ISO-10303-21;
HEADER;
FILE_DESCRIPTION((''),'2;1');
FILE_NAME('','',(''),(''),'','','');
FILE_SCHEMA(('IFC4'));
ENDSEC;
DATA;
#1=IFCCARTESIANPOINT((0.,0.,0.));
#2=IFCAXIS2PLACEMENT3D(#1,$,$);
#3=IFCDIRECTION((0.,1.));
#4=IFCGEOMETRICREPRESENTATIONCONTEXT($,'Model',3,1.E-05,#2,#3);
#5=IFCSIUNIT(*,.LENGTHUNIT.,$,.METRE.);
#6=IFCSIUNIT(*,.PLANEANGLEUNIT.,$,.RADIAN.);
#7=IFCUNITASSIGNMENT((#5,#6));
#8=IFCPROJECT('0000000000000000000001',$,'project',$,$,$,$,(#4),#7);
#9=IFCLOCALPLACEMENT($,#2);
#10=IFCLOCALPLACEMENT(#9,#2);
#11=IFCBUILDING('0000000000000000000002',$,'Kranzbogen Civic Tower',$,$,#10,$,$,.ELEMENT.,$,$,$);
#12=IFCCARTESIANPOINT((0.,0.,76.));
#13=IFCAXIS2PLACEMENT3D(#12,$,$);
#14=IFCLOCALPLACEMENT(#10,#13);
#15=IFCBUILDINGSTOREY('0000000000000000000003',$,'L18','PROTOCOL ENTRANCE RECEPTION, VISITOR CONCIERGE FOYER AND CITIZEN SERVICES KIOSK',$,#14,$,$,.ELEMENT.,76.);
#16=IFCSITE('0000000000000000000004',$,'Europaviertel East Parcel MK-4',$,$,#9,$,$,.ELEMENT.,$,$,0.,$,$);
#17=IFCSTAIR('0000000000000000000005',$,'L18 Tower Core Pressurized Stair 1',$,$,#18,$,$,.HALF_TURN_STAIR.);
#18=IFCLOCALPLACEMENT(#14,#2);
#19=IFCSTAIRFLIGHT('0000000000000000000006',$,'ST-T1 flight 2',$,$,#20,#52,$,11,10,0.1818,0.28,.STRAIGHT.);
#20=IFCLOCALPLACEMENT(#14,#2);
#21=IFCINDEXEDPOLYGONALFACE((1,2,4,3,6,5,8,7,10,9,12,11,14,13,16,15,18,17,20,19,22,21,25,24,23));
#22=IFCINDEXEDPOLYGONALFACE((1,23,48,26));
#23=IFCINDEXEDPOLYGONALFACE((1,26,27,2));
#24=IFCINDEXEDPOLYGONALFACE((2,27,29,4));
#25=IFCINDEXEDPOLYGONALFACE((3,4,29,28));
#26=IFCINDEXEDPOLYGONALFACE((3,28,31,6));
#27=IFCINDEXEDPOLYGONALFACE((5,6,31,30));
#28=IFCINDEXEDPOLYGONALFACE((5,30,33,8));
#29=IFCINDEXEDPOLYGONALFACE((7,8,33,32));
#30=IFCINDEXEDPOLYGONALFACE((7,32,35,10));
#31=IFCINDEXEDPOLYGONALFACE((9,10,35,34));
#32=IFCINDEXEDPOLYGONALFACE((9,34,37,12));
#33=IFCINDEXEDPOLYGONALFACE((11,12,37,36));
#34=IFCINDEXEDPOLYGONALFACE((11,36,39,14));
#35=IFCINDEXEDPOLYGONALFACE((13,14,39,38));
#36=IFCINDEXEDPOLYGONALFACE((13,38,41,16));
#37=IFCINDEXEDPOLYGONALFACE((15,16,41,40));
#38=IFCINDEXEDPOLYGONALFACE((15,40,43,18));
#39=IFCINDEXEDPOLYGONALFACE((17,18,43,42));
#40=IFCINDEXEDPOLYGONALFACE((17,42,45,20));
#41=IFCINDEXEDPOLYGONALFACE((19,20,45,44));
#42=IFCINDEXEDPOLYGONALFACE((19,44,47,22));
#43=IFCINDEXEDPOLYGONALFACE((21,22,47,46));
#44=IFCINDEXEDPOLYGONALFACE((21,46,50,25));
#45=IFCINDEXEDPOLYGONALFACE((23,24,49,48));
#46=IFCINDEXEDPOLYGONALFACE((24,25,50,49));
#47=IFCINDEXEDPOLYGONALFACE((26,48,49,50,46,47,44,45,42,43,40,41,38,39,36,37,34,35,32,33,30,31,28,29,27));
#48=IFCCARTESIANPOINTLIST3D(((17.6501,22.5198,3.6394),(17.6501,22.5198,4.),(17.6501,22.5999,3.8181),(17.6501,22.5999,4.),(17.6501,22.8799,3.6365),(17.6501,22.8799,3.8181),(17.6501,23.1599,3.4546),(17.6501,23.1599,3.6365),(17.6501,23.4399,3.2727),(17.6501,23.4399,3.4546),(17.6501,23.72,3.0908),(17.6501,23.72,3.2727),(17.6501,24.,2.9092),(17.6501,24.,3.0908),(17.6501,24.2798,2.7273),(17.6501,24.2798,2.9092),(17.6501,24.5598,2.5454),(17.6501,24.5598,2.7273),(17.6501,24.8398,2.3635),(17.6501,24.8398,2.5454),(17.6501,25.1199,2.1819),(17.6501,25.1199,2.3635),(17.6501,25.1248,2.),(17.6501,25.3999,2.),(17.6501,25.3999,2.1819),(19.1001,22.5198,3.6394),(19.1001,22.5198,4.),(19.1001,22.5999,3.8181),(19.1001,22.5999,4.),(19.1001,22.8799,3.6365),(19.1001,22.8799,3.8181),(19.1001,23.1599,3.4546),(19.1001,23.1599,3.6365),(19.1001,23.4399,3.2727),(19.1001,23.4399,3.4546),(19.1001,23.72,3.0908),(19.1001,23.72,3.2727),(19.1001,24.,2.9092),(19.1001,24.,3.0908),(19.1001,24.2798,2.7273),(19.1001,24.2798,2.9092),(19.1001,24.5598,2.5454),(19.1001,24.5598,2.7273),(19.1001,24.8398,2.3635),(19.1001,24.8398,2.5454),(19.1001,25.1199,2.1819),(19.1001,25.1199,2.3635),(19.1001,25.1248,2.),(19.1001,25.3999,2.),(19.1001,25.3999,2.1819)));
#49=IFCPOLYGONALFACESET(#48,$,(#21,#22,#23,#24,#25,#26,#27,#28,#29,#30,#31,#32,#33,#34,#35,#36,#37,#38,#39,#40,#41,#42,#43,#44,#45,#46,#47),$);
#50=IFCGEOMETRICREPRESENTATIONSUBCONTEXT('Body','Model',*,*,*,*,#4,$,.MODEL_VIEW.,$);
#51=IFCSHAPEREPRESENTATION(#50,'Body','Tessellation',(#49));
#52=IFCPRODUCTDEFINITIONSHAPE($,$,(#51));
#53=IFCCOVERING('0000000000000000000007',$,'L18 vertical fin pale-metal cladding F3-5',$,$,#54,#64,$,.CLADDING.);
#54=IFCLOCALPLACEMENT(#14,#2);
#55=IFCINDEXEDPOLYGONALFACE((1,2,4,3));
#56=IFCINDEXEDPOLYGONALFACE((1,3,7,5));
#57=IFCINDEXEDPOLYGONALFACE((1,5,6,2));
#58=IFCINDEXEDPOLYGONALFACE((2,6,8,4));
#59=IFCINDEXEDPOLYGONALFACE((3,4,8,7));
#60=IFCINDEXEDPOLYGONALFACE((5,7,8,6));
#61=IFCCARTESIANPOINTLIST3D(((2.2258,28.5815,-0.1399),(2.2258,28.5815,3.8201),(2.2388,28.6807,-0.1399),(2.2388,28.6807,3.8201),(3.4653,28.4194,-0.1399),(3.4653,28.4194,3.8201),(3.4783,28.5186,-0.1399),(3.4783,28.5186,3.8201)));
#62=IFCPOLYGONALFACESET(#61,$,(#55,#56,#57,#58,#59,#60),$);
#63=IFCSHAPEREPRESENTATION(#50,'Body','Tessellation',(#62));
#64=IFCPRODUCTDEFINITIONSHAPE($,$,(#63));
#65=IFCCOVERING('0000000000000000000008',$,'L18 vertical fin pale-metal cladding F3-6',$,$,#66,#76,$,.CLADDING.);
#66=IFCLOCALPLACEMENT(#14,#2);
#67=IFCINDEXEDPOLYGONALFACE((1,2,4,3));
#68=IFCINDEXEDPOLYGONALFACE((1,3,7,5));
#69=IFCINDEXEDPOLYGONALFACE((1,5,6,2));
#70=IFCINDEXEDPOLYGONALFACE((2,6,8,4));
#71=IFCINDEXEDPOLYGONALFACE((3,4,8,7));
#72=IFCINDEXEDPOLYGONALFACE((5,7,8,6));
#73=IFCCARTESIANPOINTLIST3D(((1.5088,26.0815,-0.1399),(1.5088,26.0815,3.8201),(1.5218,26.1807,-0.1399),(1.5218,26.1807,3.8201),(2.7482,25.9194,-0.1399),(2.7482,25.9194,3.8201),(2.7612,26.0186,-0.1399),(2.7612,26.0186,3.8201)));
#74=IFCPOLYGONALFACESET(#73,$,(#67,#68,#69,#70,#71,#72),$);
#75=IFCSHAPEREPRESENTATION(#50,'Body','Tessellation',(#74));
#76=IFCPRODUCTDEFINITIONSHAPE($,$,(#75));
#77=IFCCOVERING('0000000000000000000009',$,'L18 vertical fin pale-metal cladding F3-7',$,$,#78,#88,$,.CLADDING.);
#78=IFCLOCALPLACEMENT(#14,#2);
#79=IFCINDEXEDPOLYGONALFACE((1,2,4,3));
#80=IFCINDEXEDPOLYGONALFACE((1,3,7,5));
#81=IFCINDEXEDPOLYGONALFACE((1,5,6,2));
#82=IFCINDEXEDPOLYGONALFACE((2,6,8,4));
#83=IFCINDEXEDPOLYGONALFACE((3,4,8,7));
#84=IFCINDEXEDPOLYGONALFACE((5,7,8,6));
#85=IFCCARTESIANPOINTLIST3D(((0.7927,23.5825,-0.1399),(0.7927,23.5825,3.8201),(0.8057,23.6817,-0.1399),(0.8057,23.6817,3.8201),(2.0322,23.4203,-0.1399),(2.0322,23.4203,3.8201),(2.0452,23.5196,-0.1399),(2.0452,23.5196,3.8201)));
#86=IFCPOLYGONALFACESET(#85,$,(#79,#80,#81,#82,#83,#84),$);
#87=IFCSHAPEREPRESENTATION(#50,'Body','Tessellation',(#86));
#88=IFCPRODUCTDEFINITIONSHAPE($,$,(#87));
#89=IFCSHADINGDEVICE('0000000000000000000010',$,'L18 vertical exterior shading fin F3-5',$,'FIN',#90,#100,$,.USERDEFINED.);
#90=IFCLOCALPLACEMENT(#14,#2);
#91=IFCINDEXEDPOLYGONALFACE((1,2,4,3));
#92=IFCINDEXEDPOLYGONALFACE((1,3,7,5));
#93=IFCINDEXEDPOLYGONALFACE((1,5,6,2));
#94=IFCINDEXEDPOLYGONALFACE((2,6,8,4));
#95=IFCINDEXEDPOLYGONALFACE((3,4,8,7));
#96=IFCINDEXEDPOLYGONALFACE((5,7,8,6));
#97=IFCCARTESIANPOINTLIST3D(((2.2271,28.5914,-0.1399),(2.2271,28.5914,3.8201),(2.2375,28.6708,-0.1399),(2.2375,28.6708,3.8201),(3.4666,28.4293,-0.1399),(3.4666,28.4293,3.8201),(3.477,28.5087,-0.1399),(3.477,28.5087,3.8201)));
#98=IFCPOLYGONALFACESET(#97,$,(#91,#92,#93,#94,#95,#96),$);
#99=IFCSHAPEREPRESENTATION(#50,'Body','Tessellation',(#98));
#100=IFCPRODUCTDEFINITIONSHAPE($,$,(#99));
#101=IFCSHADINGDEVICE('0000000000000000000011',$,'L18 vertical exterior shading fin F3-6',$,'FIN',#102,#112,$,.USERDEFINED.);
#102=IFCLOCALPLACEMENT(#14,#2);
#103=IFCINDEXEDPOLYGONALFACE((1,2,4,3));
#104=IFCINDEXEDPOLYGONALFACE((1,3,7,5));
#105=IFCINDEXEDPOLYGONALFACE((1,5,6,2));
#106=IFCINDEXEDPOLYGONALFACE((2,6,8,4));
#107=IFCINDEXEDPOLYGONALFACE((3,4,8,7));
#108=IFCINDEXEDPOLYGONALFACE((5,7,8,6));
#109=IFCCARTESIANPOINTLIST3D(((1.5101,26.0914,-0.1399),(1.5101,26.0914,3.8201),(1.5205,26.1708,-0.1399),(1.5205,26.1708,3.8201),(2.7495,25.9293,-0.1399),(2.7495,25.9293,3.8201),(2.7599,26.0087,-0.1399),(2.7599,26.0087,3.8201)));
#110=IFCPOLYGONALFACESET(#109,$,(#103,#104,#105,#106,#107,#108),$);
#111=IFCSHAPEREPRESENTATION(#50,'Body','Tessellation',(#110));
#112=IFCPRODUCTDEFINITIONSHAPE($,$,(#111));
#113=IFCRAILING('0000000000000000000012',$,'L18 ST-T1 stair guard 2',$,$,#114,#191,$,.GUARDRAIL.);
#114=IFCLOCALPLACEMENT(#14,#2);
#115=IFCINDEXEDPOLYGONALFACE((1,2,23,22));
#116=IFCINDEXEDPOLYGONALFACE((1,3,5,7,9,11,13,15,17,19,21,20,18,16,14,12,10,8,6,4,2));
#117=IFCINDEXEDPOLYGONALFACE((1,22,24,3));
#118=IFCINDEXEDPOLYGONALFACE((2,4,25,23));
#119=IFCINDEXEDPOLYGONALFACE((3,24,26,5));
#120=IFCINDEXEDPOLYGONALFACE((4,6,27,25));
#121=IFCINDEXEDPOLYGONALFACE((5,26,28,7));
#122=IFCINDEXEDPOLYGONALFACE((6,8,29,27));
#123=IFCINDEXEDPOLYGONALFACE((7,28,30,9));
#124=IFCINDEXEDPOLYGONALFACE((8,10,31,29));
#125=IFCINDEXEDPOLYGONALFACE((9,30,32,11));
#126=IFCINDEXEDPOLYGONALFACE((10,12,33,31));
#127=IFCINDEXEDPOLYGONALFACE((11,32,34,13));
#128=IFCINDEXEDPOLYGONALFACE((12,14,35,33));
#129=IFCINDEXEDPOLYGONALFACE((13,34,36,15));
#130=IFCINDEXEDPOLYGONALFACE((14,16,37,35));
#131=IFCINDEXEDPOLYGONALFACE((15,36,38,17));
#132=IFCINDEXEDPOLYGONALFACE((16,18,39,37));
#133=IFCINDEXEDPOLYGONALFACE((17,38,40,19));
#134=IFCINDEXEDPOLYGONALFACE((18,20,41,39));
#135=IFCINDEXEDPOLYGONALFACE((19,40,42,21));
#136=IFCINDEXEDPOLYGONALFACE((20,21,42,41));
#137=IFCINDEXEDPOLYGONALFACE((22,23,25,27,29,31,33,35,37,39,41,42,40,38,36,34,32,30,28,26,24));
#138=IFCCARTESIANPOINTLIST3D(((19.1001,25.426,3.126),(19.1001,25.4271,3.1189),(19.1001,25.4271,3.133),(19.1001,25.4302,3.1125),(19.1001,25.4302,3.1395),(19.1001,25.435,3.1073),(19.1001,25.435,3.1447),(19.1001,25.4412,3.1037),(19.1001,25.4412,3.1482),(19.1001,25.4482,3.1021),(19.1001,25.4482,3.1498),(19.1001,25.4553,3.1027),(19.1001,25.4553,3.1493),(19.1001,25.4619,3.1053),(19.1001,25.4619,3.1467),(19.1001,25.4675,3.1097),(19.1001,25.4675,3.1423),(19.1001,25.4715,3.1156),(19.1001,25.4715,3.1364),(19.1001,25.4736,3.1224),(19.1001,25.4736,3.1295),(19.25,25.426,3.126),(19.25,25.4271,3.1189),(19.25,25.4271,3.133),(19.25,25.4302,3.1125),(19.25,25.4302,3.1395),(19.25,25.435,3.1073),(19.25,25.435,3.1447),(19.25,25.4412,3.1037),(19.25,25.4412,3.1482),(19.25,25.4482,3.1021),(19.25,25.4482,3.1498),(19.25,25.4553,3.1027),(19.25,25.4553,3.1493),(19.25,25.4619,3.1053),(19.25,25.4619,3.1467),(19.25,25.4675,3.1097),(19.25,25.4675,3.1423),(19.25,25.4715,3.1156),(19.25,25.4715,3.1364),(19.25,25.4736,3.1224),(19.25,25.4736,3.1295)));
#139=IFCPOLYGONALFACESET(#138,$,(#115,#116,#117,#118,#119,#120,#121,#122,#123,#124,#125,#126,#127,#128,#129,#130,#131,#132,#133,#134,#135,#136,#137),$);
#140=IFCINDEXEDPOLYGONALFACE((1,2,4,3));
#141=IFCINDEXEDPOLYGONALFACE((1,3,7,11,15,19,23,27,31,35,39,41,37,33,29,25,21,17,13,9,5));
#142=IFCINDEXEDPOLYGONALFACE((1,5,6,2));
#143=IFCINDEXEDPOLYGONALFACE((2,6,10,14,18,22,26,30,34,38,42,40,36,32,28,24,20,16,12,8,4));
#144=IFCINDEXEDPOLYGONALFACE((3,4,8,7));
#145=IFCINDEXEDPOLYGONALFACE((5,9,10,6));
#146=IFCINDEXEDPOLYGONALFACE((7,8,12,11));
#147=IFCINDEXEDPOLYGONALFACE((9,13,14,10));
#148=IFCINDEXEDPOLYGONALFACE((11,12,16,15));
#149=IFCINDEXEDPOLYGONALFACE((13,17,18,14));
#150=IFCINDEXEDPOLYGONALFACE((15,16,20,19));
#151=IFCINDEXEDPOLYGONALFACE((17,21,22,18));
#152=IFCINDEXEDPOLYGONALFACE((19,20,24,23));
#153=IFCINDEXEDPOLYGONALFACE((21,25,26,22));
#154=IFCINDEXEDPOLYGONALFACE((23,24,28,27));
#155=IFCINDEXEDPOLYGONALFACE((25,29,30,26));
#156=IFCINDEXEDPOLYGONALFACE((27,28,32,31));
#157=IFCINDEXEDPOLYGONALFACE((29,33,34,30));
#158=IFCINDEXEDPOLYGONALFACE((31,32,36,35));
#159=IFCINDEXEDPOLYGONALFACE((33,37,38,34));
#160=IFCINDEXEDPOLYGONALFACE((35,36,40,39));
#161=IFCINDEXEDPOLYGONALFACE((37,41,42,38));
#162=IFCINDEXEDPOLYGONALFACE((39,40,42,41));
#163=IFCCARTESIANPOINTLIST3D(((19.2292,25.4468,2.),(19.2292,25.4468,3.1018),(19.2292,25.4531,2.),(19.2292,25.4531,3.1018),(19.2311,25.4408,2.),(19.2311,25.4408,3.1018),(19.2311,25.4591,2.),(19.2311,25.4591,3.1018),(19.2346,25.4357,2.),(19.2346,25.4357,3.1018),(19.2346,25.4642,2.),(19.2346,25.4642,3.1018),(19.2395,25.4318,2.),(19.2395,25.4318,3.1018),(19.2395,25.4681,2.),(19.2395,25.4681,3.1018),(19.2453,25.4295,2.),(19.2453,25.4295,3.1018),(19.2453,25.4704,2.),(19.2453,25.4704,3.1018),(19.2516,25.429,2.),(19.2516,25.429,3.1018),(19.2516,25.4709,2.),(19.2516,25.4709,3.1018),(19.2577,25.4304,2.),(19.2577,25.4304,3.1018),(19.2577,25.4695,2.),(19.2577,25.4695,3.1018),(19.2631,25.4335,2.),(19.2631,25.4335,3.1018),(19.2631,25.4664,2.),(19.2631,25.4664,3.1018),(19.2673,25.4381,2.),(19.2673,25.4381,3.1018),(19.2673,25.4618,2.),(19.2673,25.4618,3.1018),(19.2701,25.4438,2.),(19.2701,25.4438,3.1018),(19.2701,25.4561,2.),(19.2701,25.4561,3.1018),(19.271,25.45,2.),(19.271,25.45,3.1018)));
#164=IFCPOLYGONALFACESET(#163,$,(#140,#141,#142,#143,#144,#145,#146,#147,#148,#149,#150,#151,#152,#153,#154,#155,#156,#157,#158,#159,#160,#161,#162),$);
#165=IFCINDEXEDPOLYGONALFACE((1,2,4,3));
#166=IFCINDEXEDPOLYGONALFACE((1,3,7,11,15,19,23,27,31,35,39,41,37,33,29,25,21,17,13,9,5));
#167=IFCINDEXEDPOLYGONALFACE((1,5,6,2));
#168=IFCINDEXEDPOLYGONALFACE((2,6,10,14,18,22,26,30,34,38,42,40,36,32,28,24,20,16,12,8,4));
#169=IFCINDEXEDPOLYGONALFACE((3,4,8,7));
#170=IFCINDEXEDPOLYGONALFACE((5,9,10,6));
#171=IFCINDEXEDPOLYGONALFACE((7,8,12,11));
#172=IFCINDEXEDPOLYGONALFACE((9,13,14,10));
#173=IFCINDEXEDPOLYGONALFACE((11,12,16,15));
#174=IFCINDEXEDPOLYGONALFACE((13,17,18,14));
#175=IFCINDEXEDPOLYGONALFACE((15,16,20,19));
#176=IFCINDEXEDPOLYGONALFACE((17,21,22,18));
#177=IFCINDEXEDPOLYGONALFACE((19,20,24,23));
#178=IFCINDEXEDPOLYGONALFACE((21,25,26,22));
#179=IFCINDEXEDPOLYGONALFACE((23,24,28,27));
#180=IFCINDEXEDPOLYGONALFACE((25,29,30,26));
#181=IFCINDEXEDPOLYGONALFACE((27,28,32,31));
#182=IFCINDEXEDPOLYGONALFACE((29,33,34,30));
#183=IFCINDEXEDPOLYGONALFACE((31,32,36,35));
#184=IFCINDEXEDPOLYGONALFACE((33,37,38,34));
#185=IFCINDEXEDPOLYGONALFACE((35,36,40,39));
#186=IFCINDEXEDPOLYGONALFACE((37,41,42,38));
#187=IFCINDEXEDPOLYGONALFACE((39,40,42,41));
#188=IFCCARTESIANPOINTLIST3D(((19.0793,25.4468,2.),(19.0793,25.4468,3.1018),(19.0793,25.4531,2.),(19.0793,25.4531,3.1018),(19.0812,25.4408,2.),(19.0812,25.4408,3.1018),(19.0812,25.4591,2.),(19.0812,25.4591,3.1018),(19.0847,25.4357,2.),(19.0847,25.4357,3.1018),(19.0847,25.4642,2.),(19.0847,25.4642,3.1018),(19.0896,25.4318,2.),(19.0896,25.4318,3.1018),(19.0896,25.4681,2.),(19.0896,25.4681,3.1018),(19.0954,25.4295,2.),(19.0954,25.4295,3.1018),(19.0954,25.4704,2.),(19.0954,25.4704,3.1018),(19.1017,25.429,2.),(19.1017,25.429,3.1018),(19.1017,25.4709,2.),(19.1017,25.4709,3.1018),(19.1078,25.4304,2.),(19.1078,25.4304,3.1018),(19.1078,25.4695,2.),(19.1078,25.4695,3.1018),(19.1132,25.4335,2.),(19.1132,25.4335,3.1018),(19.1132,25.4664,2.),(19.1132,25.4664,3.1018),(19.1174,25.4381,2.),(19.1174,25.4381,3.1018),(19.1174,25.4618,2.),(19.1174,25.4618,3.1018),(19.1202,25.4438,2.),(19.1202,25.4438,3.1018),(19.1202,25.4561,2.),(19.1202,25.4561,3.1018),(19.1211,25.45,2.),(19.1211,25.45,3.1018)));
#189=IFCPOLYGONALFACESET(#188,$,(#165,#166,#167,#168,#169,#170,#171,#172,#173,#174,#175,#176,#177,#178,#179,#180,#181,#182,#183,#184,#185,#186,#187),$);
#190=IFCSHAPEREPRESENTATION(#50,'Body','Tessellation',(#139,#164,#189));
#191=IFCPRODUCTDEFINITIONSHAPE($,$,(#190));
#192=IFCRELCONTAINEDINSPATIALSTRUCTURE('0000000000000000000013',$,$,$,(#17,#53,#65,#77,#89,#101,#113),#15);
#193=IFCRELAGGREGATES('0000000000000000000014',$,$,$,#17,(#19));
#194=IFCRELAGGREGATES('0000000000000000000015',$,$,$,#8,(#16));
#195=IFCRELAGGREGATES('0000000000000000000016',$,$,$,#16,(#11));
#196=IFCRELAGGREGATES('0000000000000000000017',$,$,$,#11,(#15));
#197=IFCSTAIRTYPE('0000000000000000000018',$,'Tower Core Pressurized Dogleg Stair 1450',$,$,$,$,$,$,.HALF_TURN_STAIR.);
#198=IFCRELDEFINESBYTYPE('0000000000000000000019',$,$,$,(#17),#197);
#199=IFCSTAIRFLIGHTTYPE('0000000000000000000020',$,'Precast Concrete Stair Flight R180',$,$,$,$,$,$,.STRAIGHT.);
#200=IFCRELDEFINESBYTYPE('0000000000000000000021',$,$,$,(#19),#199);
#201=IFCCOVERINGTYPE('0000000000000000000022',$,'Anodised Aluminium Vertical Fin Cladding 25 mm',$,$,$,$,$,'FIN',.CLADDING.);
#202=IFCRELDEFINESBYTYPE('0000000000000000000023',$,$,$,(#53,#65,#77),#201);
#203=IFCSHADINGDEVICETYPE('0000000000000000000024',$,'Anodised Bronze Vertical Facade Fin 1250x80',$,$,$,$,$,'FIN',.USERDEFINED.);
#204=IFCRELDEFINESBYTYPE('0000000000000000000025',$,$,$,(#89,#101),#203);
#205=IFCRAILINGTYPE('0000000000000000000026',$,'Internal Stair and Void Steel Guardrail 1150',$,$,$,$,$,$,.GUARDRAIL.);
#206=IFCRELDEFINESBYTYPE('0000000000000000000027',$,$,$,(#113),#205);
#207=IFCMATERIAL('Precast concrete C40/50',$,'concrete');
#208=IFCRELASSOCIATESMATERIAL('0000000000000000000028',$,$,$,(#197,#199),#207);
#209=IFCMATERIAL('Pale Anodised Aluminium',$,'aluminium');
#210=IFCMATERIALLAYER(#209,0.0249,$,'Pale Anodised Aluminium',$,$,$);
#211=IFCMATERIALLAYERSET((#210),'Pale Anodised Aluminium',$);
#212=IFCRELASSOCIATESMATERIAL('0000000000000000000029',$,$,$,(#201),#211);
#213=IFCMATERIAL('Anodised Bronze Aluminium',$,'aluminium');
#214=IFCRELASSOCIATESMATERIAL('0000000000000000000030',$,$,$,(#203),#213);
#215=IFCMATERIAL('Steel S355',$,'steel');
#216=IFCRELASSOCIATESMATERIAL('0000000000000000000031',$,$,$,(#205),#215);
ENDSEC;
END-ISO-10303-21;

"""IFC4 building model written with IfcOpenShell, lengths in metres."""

from ifc_helpers import new_model, si_unit, direction, frame, origin, origin_2d, place, context, subcontext, project, spatial, polyline, rectangle, circle, outline, extrude, material, layer, layer_set, type_object, element, aggregate, save


model = new_model("IFC4")

# Units and contexts
model_context = context("Model", 3, precision=1e-05, world=origin(), true_north=direction((0.0, 1.0)))
body_context = subcontext(model_context, "Body", "Model", "MODEL_VIEW")
ifc_project = project(units=[si_unit("LENGTHUNIT", "METRE"), si_unit("PLANEANGLEUNIT", "RADIAN")], contexts=[model_context])

# Site, building, storey
site_placement = place(None, origin())
site = spatial("IfcSite", under=ifc_project, at=site_placement, Name="Europaviertel East Parcel MK-4", CompositionType="ELEMENT", RefElevation=0.0)
building_placement = place(site_placement, origin())
building = spatial("IfcBuilding", under=site, at=building_placement, Name="Kranzbogen Civic Tower", CompositionType="ELEMENT")
storey_placement = place(building_placement, frame((0.0, 0.0, 76.0)))
storey = spatial("IfcBuildingStorey", under=building, at=storey_placement, Name="L18", Description="PROTOCOL ENTRANCE RECEPTION, VISITOR CONCIERGE FOYER AND CITIZEN SERVICES KIOSK", CompositionType="ELEMENT", Elevation=76.0)

# Shared definitions
ifc_material_1 = material(Name="Steel S355", Category="steel")

# Shared definitions
ifc_material_2 = material(Name="Pale Anodised Aluminium", Category="aluminium")

# Stair, stair flight
ifc_material_3 = material(Name="Precast concrete C40/50", Category="concrete")
stair_type = type_object("IfcStairType", Name="Tower Core Pressurized Dogleg Stair 1450", PredefinedType="HALF_TURN_STAIR", material=ifc_material_3)
stair_placement = place(storey_placement, origin())
stair = element("IfcStair", 1, at=stair_placement, inside=storey, type_object=stair_type, Name="L18 Tower Core Pressurized Stair 1", PredefinedType="HALF_TURN_STAIR")
stair_flight_type = type_object("IfcStairFlightType", Name="Precast Concrete Stair Flight R180", PredefinedType="STRAIGHT", material=ifc_material_3)
stair_flight_placement = place(storey_placement, frame((18.375, 25.3999, 2.0), z_axis=(0.0, 0.0, 1.0), x_axis=(0.0, -1.0, 0.0)))
stair_flight = element("IfcStairFlight", 2, at=stair_flight_placement, type_object=stair_flight_type, Name="ST-T1 flight 2", NumberOfRisers=11, NumberOfTreads=10, PredefinedType="STRAIGHT", RiserHeight=0.1818, TreadLength=0.28, context=body_context, shape_type="SweptSolid", body=[
    extrude(outline(polyline([(0.0, 0.0), (0.0, 0.1819), (0.28, 0.1819), (0.28, 0.3635), (0.5601, 0.3635), (0.5601, 0.5454), (0.8401, 0.5454), (0.8401, 0.7273), (1.1201, 0.7273), (1.1201, 0.9092), (1.3999, 0.9092), (1.3999, 1.0908), (1.6799, 1.0908), (1.6799, 1.2727), (1.96, 1.2727), (1.96, 1.4546), (2.24, 1.4546), (2.24, 1.6365), (2.52, 1.6365), (2.52, 1.8181), (2.8, 1.8181), (2.8, 2.0), (2.8801, 2.0), (2.8801, 1.6394), (0.2751, 0.0), (0.0, 0.0)])), frame((0.0, 0.7251, 0.0), z_axis=(0.0, -1.0, 0.0), x_axis=(1.0, 0.0, 0.0)), (0.0, 0.0, 1.0), 1.45),
])
aggregate(stair, [stair_flight])

# Coverings
ifc_layer_1 = layer(ifc_material_2, 0.0249, Name="Pale Anodised Aluminium")
ifc_layer_set_1 = layer_set([ifc_layer_1], Name="Pale Anodised Aluminium")
covering_type = type_object("IfcCoveringType", Name="Anodised Aluminium Vertical Fin Cladding 25 mm", ElementType="FIN", PredefinedType="CLADDING", material=ifc_layer_set_1)
for number, where, z_axis, x_axis, name in (
    (3, (2.8521, 28.55, -0.1399), (0.0, 0.0, 1.0), (-0.991554, 0.129696, 0.0), "L18 vertical fin pale-metal cladding F3-5"),
    (4, (2.135, 26.05, -0.1399), (0.0, 0.0, 1.0), (-0.991554, 0.129696, 0.0), "L18 vertical fin pale-metal cladding F3-6"),
    (5, (1.4189, 23.551, -0.1399), (0.0, 0.0, 1.0), (-0.991554, 0.129696, 0.0), "L18 vertical fin pale-metal cladding F3-7"),
):
    element("IfcCovering", number, at=place(storey_placement, frame(where, z_axis=z_axis, x_axis=x_axis)), inside=storey, type_object=covering_type, Name=name, PredefinedType="CLADDING", context=body_context, shape_type="SweptSolid", body=[
        extrude(rectangle(XDim=1.25, YDim=0.1001, at=origin_2d()), origin(), (0.0, 0.0, 1.0), 3.96),
    ])

# Shading devices
ifc_material_4 = material(Name="Anodised Bronze Aluminium", Category="aluminium")
shading_device_type = type_object("IfcShadingDeviceType", Name="Anodised Bronze Vertical Facade Fin 1250x80", ElementType="FIN", PredefinedType="USERDEFINED", material=ifc_material_4)
for number, where, z_axis, x_axis, name in (
    (6, (2.8521, 28.55, -0.1399), (0.0, 0.0, 1.0), (-0.991554, 0.129696, 0.0), "L18 vertical exterior shading fin F3-5"),
    (7, (2.135, 26.05, -0.1399), (0.0, 0.0, 1.0), (-0.991554, 0.129696, 0.0), "L18 vertical exterior shading fin F3-6"),
):
    element("IfcShadingDevice", number, at=place(storey_placement, frame(where, z_axis=z_axis, x_axis=x_axis)), inside=storey, type_object=shading_device_type, Name=name, ObjectType="FIN", PredefinedType="USERDEFINED", context=body_context, shape_type="SweptSolid", body=[
        extrude(rectangle(XDim=1.25, YDim=0.0801, at=origin_2d()), origin(), (0.0, 0.0, 1.0), 3.96),
    ])

# Railing
railing_type_1 = type_object("IfcRailingType", Name="Internal Stair and Void Steel Guardrail 1150", PredefinedType="GUARDRAIL", material=ifc_material_1)
railing_1_placement = place(storey_placement, frame((19.25, 25.45, 2.0)))
element("IfcRailing", 8, at=railing_1_placement, inside=storey, type_object=railing_type_1, Name="L18 ST-T1 stair guard 2", PredefinedType="GUARDRAIL", context=body_context, shape_type="SweptSolid", body=[
    extrude(circle(Radius=0.0239, at=origin_2d()), frame((0.0, 0.0, 1.126), z_axis=(-1.0, 0.0, 0.0), x_axis=(0.0, -1.0, 0.0)), (0.0, 0.0, 1.0), 0.1499),
    extrude(circle(Radius=0.021, at=origin_2d()), origin(), (0.0, 0.0, 1.0), 1.1018),
    extrude(circle(Radius=0.021, at=origin_2d()), frame((-0.1499, 0.0, 0.0)), (0.0, 0.0, 1.0), 1.1018),
])

save(model, "model.ifc")
